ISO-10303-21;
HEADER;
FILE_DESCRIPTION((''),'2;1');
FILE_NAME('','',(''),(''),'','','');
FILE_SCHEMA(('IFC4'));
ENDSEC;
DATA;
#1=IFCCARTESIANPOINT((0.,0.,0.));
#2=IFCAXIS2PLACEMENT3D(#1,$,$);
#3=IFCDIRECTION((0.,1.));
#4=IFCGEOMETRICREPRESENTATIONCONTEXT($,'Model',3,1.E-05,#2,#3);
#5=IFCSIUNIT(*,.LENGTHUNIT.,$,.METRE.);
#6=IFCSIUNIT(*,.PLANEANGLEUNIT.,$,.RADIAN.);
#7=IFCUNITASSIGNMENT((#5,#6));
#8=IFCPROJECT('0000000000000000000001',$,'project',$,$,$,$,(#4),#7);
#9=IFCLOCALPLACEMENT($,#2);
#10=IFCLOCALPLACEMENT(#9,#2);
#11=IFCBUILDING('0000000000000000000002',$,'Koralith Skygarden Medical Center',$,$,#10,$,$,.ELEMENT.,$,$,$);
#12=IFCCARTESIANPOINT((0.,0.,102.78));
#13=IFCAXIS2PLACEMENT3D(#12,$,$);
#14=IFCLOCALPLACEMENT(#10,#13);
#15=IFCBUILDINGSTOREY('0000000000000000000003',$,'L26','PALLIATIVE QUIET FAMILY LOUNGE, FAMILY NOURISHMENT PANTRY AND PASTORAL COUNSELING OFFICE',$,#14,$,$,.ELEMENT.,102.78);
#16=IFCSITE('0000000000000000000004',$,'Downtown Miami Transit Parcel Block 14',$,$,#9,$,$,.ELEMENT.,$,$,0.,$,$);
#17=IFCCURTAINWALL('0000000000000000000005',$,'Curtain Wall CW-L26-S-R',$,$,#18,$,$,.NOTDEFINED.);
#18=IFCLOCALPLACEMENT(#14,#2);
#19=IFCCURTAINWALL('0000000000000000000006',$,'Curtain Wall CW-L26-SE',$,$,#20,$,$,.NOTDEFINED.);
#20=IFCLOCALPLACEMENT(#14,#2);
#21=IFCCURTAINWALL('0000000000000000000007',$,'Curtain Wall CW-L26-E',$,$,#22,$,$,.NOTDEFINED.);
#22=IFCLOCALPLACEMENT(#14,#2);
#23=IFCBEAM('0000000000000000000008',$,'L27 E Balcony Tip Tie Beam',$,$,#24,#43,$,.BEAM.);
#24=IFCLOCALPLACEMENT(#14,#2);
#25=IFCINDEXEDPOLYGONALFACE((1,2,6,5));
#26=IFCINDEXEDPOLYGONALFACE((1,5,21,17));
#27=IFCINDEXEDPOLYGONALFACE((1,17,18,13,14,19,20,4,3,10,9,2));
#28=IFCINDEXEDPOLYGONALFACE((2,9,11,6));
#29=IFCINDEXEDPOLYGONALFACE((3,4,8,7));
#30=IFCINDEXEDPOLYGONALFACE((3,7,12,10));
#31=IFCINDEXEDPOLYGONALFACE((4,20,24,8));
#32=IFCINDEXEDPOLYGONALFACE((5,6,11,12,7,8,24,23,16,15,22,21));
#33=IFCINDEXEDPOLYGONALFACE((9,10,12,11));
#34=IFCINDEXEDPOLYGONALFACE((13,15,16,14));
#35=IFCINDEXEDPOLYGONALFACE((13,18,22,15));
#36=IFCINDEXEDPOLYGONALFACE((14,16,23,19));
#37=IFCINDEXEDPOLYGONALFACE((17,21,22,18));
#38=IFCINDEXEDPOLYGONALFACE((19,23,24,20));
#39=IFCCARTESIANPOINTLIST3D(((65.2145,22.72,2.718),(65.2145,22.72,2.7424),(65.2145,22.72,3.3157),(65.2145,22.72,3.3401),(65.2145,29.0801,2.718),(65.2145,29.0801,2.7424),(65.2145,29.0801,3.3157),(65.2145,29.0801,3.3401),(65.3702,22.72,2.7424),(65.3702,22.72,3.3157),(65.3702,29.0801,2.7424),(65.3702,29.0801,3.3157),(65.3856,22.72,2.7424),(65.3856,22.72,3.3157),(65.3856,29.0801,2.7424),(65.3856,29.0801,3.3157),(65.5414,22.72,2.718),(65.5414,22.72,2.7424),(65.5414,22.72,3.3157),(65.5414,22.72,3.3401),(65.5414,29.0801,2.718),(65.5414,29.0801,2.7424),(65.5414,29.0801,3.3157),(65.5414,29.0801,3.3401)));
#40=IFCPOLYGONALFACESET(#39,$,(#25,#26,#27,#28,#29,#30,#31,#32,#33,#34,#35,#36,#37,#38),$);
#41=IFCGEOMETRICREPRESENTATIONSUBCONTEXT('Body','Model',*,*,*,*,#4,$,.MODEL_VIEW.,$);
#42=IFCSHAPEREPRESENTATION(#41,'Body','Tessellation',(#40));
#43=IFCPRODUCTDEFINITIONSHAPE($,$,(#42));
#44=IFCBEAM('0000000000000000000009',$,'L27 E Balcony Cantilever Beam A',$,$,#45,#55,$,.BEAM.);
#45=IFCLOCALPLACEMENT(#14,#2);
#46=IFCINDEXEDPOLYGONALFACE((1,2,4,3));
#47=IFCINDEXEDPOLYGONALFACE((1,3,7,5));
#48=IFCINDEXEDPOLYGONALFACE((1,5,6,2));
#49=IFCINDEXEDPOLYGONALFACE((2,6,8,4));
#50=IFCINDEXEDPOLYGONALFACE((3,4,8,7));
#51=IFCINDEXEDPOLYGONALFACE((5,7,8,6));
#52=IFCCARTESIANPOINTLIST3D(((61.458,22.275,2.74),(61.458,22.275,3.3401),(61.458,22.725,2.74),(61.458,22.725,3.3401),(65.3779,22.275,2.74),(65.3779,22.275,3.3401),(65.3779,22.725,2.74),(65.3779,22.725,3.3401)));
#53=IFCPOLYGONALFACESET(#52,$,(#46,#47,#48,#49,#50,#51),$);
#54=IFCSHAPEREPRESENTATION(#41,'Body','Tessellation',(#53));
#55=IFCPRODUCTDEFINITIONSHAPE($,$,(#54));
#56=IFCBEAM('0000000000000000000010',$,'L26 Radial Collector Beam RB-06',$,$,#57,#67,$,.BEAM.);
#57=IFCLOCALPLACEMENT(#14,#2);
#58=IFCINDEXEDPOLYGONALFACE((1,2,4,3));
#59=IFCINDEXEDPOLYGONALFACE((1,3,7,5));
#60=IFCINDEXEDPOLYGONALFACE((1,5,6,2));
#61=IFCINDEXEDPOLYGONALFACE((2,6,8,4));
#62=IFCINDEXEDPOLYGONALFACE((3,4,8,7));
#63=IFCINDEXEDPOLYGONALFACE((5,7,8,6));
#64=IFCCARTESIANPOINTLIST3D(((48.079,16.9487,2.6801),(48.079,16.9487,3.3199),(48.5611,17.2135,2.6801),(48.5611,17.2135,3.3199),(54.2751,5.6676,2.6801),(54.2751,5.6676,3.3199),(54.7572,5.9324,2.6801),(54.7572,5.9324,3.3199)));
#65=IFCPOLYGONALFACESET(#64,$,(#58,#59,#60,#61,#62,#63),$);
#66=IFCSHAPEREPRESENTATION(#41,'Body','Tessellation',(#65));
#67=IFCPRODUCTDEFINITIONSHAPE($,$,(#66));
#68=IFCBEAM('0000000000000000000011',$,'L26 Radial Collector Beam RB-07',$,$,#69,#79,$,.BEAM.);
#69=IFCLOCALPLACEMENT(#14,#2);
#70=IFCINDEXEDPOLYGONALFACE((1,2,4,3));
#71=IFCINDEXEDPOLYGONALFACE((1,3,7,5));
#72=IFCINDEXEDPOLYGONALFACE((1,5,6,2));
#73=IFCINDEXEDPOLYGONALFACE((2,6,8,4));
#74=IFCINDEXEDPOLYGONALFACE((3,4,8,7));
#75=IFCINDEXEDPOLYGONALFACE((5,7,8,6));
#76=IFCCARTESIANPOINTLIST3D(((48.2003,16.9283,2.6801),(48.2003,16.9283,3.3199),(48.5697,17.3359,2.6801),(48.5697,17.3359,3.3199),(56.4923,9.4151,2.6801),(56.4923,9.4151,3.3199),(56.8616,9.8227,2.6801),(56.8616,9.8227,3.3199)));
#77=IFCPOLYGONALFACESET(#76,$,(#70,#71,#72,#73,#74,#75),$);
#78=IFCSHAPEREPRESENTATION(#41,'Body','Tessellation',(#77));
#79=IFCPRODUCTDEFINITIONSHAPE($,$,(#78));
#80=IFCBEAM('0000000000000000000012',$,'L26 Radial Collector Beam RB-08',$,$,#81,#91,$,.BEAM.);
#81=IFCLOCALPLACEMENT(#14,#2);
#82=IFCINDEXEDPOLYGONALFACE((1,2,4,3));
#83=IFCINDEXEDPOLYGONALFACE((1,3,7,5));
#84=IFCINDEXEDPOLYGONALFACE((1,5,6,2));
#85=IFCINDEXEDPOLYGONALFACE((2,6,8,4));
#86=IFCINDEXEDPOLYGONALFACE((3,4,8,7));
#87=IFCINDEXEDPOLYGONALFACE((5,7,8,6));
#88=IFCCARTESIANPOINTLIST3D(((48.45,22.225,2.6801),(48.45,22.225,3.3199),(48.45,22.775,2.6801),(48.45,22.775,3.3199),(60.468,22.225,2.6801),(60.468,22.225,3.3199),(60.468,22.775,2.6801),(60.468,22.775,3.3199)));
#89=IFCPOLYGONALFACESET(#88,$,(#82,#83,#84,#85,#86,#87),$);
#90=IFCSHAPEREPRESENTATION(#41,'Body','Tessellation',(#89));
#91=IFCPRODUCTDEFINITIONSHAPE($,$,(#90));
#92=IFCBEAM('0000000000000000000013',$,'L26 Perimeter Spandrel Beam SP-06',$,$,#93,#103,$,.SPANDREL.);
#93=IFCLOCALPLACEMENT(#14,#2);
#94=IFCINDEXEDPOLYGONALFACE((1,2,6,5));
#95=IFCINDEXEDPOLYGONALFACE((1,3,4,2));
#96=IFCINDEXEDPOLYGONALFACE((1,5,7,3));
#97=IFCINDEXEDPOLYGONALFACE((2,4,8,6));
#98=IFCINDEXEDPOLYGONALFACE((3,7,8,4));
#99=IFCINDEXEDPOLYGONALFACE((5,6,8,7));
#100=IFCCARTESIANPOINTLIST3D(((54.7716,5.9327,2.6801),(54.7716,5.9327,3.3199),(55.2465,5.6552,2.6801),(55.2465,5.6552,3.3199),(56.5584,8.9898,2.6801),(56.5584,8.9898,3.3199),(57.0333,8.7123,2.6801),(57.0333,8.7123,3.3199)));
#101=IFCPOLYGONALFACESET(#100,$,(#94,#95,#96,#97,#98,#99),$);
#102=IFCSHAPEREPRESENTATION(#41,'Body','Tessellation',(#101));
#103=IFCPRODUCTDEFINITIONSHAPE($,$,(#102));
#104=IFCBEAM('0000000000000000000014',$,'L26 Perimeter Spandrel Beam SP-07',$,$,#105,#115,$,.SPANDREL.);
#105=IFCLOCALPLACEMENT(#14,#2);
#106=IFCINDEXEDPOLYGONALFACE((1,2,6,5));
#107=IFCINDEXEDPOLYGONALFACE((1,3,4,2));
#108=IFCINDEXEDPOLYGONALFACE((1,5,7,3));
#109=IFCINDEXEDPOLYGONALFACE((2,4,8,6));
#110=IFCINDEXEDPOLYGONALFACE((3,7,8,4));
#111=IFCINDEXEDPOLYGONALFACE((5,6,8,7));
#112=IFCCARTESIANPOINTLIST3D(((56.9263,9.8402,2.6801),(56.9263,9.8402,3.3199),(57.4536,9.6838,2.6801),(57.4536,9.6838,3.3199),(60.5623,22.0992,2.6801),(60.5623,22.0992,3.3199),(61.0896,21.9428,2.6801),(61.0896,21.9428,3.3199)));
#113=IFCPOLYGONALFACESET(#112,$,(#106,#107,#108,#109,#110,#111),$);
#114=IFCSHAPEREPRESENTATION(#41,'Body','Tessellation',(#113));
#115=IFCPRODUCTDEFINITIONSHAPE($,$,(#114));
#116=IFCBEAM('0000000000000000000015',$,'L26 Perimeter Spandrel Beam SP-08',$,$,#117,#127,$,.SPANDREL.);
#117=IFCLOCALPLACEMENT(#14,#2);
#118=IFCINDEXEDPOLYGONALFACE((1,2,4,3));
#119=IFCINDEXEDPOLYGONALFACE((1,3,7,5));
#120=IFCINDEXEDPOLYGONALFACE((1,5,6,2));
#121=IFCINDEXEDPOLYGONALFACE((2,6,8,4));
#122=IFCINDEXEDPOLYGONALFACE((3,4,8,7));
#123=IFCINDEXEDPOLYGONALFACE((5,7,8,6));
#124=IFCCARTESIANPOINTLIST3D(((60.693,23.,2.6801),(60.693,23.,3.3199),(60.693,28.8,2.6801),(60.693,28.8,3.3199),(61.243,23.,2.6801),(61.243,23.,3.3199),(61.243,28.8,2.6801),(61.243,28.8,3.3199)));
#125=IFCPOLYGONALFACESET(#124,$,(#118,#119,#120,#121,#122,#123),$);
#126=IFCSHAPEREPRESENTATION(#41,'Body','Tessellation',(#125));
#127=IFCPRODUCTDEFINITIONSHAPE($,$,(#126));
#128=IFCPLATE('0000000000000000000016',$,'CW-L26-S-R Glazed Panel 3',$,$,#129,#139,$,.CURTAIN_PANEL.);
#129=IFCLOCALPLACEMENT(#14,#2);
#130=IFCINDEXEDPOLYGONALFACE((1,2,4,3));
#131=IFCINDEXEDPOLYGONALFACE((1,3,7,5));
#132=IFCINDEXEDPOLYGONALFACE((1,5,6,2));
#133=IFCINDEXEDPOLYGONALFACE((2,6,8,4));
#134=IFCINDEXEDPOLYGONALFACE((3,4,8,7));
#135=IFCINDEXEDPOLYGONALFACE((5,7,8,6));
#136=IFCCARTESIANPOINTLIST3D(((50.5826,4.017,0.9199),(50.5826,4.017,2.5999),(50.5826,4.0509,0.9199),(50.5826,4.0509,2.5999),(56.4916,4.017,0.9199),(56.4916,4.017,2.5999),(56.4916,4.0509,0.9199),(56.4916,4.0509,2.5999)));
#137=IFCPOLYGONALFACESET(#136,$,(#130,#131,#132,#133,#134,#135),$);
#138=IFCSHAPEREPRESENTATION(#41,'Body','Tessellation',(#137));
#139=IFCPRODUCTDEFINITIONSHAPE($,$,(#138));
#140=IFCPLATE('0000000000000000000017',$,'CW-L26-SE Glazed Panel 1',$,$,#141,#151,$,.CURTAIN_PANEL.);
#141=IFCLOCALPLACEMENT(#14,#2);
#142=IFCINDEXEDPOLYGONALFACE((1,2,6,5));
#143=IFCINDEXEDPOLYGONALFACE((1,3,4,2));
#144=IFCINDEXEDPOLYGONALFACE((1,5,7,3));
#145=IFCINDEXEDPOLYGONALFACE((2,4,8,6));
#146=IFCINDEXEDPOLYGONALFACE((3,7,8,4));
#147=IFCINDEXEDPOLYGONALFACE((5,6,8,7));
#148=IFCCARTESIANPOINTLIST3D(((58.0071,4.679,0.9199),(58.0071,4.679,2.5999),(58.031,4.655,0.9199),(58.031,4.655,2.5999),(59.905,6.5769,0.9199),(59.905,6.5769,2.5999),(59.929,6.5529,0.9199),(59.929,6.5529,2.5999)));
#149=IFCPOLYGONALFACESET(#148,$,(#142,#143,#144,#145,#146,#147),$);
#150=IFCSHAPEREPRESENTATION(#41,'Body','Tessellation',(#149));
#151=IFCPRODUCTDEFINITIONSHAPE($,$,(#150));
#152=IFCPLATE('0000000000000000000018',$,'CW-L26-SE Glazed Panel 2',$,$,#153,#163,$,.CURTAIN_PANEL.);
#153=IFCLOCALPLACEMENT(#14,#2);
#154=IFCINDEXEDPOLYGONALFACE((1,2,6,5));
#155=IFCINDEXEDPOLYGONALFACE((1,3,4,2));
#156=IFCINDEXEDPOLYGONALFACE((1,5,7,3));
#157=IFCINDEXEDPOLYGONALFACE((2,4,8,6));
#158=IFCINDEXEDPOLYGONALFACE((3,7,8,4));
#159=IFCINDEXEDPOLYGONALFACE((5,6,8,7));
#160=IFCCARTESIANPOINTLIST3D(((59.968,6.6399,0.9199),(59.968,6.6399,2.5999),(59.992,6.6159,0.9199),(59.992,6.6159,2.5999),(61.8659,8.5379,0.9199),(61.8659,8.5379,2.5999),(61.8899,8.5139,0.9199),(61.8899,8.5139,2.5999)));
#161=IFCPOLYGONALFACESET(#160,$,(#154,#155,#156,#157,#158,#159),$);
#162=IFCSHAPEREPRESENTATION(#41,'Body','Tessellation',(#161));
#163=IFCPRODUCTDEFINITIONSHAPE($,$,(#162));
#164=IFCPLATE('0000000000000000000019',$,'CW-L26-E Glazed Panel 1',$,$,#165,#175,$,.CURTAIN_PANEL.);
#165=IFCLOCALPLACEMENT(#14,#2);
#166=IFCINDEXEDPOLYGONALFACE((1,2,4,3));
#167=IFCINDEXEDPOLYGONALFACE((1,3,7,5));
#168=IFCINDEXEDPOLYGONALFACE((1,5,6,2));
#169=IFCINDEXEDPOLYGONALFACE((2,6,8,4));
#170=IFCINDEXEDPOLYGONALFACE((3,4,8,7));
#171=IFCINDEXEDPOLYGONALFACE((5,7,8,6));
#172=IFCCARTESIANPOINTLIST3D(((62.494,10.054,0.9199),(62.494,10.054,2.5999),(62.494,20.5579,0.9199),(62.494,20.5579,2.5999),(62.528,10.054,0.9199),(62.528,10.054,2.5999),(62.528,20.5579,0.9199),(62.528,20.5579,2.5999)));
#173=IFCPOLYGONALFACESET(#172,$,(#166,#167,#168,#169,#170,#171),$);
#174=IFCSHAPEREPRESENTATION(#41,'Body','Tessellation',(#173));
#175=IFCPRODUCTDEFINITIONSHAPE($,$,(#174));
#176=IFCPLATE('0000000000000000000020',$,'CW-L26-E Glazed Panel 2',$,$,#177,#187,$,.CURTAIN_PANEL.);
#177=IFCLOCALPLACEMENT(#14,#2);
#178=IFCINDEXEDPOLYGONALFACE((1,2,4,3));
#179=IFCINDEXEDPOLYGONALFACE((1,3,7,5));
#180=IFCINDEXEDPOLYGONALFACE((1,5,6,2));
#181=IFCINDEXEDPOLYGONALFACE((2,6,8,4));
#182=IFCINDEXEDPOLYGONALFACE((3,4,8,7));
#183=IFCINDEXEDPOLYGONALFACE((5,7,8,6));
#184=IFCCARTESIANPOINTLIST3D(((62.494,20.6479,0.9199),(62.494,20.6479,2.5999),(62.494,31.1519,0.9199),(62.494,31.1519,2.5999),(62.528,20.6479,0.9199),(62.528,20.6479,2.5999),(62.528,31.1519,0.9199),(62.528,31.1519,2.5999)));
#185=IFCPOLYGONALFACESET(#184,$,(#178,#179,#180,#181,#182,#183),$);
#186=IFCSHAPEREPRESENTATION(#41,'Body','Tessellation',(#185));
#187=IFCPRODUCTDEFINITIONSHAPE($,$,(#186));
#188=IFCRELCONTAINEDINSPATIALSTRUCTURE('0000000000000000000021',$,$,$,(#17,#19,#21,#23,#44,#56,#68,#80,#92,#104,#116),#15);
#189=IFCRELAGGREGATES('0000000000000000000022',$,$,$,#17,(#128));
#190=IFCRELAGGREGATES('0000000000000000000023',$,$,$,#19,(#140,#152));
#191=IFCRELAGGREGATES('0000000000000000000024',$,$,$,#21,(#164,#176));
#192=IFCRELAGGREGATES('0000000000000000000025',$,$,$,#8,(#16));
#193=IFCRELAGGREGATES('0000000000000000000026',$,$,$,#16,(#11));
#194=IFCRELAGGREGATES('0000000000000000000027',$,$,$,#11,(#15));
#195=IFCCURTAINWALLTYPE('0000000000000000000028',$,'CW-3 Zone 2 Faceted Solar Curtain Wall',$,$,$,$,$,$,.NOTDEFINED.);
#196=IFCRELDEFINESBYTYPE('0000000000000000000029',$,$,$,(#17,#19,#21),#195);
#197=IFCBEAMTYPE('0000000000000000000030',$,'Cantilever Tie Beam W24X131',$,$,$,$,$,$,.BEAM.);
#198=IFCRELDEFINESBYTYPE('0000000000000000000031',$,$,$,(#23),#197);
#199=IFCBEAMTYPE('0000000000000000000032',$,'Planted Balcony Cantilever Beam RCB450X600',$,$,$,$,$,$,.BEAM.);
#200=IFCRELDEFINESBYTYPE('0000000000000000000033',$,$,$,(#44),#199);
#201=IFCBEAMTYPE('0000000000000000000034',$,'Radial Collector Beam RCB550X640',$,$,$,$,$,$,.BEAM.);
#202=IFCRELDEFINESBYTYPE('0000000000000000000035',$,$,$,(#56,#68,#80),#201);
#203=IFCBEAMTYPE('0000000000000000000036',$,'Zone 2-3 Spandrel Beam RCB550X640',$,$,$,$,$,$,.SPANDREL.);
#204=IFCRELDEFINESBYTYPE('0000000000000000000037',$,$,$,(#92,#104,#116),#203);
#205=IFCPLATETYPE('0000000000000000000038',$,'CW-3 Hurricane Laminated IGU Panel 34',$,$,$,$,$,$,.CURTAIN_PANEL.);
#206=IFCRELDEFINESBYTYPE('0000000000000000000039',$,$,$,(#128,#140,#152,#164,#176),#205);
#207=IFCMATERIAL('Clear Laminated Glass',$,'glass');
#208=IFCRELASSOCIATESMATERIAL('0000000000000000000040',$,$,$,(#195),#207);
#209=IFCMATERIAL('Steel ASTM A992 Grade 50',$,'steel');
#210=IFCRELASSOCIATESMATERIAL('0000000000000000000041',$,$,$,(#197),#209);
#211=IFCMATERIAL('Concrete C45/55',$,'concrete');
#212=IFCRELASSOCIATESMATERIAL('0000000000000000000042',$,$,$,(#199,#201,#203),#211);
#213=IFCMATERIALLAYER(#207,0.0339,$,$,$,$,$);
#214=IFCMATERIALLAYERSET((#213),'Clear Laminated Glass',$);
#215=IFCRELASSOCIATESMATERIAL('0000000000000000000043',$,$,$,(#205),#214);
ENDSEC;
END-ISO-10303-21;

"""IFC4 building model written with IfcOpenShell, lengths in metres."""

from ifc_helpers import new_model, si_unit, direction, frame, origin, origin_2d, place, context, subcontext, project, spatial, rectangle, i_section, extrude, material, layer, layer_set, material_profile, profile_set, type_object, element, aggregate, save


model = new_model("IFC4")

# Units and contexts
model_context = context("Model", 3, precision=1e-05, world=origin(), true_north=direction((0.0, 1.0)))
body_context = subcontext(model_context, "Body", "Model", "MODEL_VIEW")
ifc_project = project(units=[si_unit("LENGTHUNIT", "METRE"), si_unit("PLANEANGLEUNIT", "RADIAN")], contexts=[model_context])

# Site, building, storey
site_placement = place(None, origin())
site = spatial("IfcSite", under=ifc_project, at=site_placement, Name="Downtown Miami Transit Parcel Block 14", CompositionType="ELEMENT", RefElevation=0.0)
building_placement = place(site_placement, origin())
building = spatial("IfcBuilding", under=site, at=building_placement, Name="Koralith Skygarden Medical Center", CompositionType="ELEMENT")
storey_placement = place(building_placement, frame((0.0, 0.0, 102.78)))
storey = spatial("IfcBuildingStorey", under=building, at=storey_placement, Name="L26", Description="PALLIATIVE QUIET FAMILY LOUNGE, FAMILY NOURISHMENT PANTRY AND PASTORAL COUNSELING OFFICE", CompositionType="ELEMENT", Elevation=102.78)

# Curtain walls
ifc_material_1 = material(Name="Clear Laminated Glass", Category="glass")
curtain_wall_type = type_object("IfcCurtainWallType", Name="CW-3 Zone 2 Faceted Solar Curtain Wall", PredefinedType="NOTDEFINED", material=ifc_material_1)
curtain_wall_1_placement = place(storey_placement, origin())
curtain_wall_1 = element("IfcCurtainWall", 1, at=curtain_wall_1_placement, inside=storey, type_object=curtain_wall_type, Name="Curtain Wall CW-L26-S-R", PredefinedType="NOTDEFINED")
curtain_wall_2_placement = place(storey_placement, origin())
curtain_wall_2 = element("IfcCurtainWall", 2, at=curtain_wall_2_placement, inside=storey, type_object=curtain_wall_type, Name="Curtain Wall CW-L26-SE", PredefinedType="NOTDEFINED")
curtain_wall_3_placement = place(storey_placement, origin())
curtain_wall_3 = element("IfcCurtainWall", 3, at=curtain_wall_3_placement, inside=storey, type_object=curtain_wall_type, Name="Curtain Wall CW-L26-E", PredefinedType="NOTDEFINED")

# Beams
ifc_material_2 = material(Name="Steel ASTM A992 Grade 50", Category="steel")
ifc_material_profile_1 = material_profile(ifc_material_2, i_section(OverallWidth=0.3269, OverallDepth=0.6221, WebThickness=0.0154, FlangeThickness=0.0244, at=origin_2d()), Name="W24X131")
ifc_profile_set_1 = profile_set([ifc_material_profile_1], Name="Steel ASTM A992 Grade 50")
beam_type_1 = type_object("IfcBeamType", Name="Cantilever Tie Beam W24X131", PredefinedType="BEAM", material=ifc_profile_set_1)
beam_1_placement = place(storey_placement, frame((65.3779, 22.72, 3.0291), z_axis=(0.0, 1.0, 0.0), x_axis=(-1.0, 0.0, 0.0)))
element("IfcBeam", 4, at=beam_1_placement, inside=storey, type_object=beam_type_1, Name="L27 E Balcony Tip Tie Beam", PredefinedType="BEAM", context=body_context, shape_type="SweptSolid", body=[
    extrude(i_section(OverallWidth=0.3269, OverallDepth=0.6221, WebThickness=0.0154, FlangeThickness=0.0244, at=origin_2d()), origin(), (0.0, 0.0, 1.0), 6.3601),
])
ifc_material_3 = material(Name="Concrete C45/55", Category="concrete")
ifc_material_profile_2 = material_profile(ifc_material_3, rectangle(XDim=0.45, YDim=0.6001, at=origin_2d()), Name="RCB450X600")
ifc_profile_set_2 = profile_set([ifc_material_profile_2], Name="Concrete C45/55")
beam_type_2 = type_object("IfcBeamType", Name="Planted Balcony Cantilever Beam RCB450X600", PredefinedType="BEAM", material=ifc_profile_set_2)
beam_2_placement = place(storey_placement, frame((61.458, 22.5, 3.04), z_axis=(1.0, 0.0, 0.0), x_axis=(0.0, 1.0, 0.0)))
element("IfcBeam", 5, at=beam_2_placement, inside=storey, type_object=beam_type_2, Name="L27 E Balcony Cantilever Beam A", PredefinedType="BEAM", context=body_context, shape_type="SweptSolid", body=[
    extrude(rectangle(XDim=0.45, YDim=0.6001, at=origin_2d()), origin(), (0.0, 0.0, 1.0), 3.9199),
])
ifc_material_profile_3 = material_profile(ifc_material_3, rectangle(XDim=0.55, YDim=0.6399, at=origin_2d()), Name="RCB550X640")
ifc_profile_set_3 = profile_set([ifc_material_profile_3], Name="Concrete C45/55")
beam_type_3 = type_object("IfcBeamType", Name="Radial Collector Beam RCB550X640", PredefinedType="BEAM", material=ifc_profile_set_3)
beam_3_placement = place(storey_placement, frame((48.3201, 17.0811, 3.0), z_axis=(0.481411, -0.876495, 0.0), x_axis=(0.876495, 0.481411, 0.0)))
element("IfcBeam", 6, at=beam_3_placement, inside=storey, type_object=beam_type_3, Name="L26 Radial Collector Beam RB-06", PredefinedType="BEAM", context=body_context, shape_type="SweptSolid", body=[
    extrude(rectangle(XDim=0.55, YDim=0.6399, at=origin_2d()), origin(), (0.0, 0.0, 1.0), 12.8706),
])
beam_4_placement = place(storey_placement, frame((48.385, 17.1321, 3.0), z_axis=(0.741051, -0.671449, 0.0), x_axis=(0.671449, 0.741051, 0.0)))
element("IfcBeam", 7, at=beam_4_placement, inside=storey, type_object=beam_type_3, Name="L26 Radial Collector Beam RB-07", PredefinedType="BEAM", context=body_context, shape_type="SweptSolid", body=[
    extrude(rectangle(XDim=0.55, YDim=0.6399, at=origin_2d()), origin(), (0.0, 0.0, 1.0), 11.1895),
])
beam_5_placement = place(storey_placement, frame((48.45, 22.5, 3.0), z_axis=(1.0, 0.0, 0.0), x_axis=(0.0, 1.0, 0.0)))
element("IfcBeam", 8, at=beam_5_placement, inside=storey, type_object=beam_type_3, Name="L26 Radial Collector Beam RB-08", PredefinedType="BEAM", context=body_context, shape_type="SweptSolid", body=[
    extrude(rectangle(XDim=0.55, YDim=0.6399, at=origin_2d()), origin(), (0.0, 0.0, 1.0), 12.0181),
])
ifc_material_profile_4 = material_profile(ifc_material_3, rectangle(XDim=0.55, YDim=0.6399, at=origin_2d()), Name="RCB550X640")
ifc_profile_set_4 = profile_set([ifc_material_profile_4], Name="Concrete C45/55")
beam_type_4 = type_object("IfcBeamType", Name="Zone 2-3 Spandrel Beam RCB550X640", PredefinedType="SPANDREL", material=ifc_profile_set_4)
beam_6_placement = place(storey_placement, frame((55.009, 5.7939, 3.0), z_axis=(0.504617, 0.863343, 0.0), x_axis=(-0.863343, 0.504617, 0.0)))
element("IfcBeam", 9, at=beam_6_placement, inside=storey, type_object=beam_type_4, Name="L26 Perimeter Spandrel Beam SP-06", PredefinedType="SPANDREL", context=body_context, shape_type="SweptSolid", body=[
    extrude(rectangle(XDim=0.55, YDim=0.6399, at=origin_2d()), origin(), (0.0, 0.0, 1.0), 3.541),
])
beam_7_placement = place(storey_placement, frame((57.1899, 9.762, 3.0), z_axis=(0.284353, 0.95872, 0.0), x_axis=(-0.95872, 0.284353, 0.0)))
element("IfcBeam", 10, at=beam_7_placement, inside=storey, type_object=beam_type_4, Name="L26 Perimeter Spandrel Beam SP-07", PredefinedType="SPANDREL", context=body_context, shape_type="SweptSolid", body=[
    extrude(rectangle(XDim=0.55, YDim=0.6399, at=origin_2d()), origin(), (0.0, 0.0, 1.0), 12.7869),
])
beam_8_placement = place(storey_placement, frame((60.968, 23.0, 3.0), z_axis=(0.0, 1.0, 0.0), x_axis=(-1.0, 0.0, 0.0)))
element("IfcBeam", 11, at=beam_8_placement, inside=storey, type_object=beam_type_4, Name="L26 Perimeter Spandrel Beam SP-08", PredefinedType="SPANDREL", context=body_context, shape_type="SweptSolid", body=[
    extrude(rectangle(XDim=0.55, YDim=0.6399, at=origin_2d()), origin(), (0.0, 0.0, 1.0), 5.8),
])

# Plates
ifc_layer_1 = layer(ifc_material_1, 0.0339)
ifc_layer_set_1 = layer_set([ifc_layer_1], Name="Clear Laminated Glass")
plate_type_1 = type_object("IfcPlateType", Name="CW-3 Hurricane Laminated IGU Panel 34", PredefinedType="CURTAIN_PANEL", material=ifc_layer_set_1)
plate_1_placement = place(storey_placement, frame((53.5371, 4.0339, 0.9199), z_axis=(0.0, 0.0, 1.0), x_axis=(1.0, 0.0, 0.0)))
plate_1 = element("IfcPlate", 12, at=plate_1_placement, type_object=plate_type_1, Name="CW-L26-S-R Glazed Panel 3", PredefinedType="CURTAIN_PANEL", context=body_context, shape_type="SweptSolid", body=[
    extrude(rectangle(XDim=5.9089, YDim=0.0339, at=origin_2d()), origin(), (0.0, 0.0, 1.0), 1.6799),
])
aggregate(curtain_wall_1, [plate_1])
plate_2_placement = place(storey_placement, frame((58.968, 5.616, 0.9199), z_axis=(0.0, 0.0, 1.0), x_axis=(0.707107, 0.707107, 0.0)))
plate_2 = element("IfcPlate", 13, at=plate_2_placement, type_object=plate_type_1, Name="CW-L26-SE Glazed Panel 1", PredefinedType="CURTAIN_PANEL", context=body_context, shape_type="SweptSolid", body=[
    extrude(rectangle(XDim=2.6841, YDim=0.0339, at=origin_2d()), origin(), (0.0, 0.0, 1.0), 1.6799),
])
plate_3_placement = place(storey_placement, frame((60.929, 7.5769, 0.9199), z_axis=(0.0, 0.0, 1.0), x_axis=(0.707107, 0.707107, 0.0)))
plate_3 = element("IfcPlate", 14, at=plate_3_placement, type_object=plate_type_1, Name="CW-L26-SE Glazed Panel 2", PredefinedType="CURTAIN_PANEL", context=body_context, shape_type="SweptSolid", body=[
    extrude(rectangle(XDim=2.6841, YDim=0.0339, at=origin_2d()), origin(), (0.0, 0.0, 1.0), 1.6799),
])
aggregate(curtain_wall_2, [plate_2, plate_3])
plate_4_placement = place(storey_placement, frame((62.511, 15.3059, 0.9199), z_axis=(0.0, 0.0, 1.0), x_axis=(0.0, 1.0, 0.0)))
plate_4 = element("IfcPlate", 15, at=plate_4_placement, type_object=plate_type_1, Name="CW-L26-E Glazed Panel 1", PredefinedType="CURTAIN_PANEL", context=body_context, shape_type="SweptSolid", body=[
    extrude(rectangle(XDim=10.5039, YDim=0.0339, at=origin_2d()), origin(), (0.0, 0.0, 1.0), 1.6799),
])
plate_5_placement = place(storey_placement, frame((62.511, 25.8999, 0.9199), z_axis=(0.0, 0.0, 1.0), x_axis=(0.0, 1.0, 0.0)))
plate_5 = element("IfcPlate", 16, at=plate_5_placement, type_object=plate_type_1, Name="CW-L26-E Glazed Panel 2", PredefinedType="CURTAIN_PANEL", context=body_context, shape_type="SweptSolid", body=[
    extrude(rectangle(XDim=10.5039, YDim=0.0339, at=origin_2d()), origin(), (0.0, 0.0, 1.0), 1.6799),
])
aggregate(curtain_wall_3, [plate_4, plate_5])

save(model, "model.ifc")
